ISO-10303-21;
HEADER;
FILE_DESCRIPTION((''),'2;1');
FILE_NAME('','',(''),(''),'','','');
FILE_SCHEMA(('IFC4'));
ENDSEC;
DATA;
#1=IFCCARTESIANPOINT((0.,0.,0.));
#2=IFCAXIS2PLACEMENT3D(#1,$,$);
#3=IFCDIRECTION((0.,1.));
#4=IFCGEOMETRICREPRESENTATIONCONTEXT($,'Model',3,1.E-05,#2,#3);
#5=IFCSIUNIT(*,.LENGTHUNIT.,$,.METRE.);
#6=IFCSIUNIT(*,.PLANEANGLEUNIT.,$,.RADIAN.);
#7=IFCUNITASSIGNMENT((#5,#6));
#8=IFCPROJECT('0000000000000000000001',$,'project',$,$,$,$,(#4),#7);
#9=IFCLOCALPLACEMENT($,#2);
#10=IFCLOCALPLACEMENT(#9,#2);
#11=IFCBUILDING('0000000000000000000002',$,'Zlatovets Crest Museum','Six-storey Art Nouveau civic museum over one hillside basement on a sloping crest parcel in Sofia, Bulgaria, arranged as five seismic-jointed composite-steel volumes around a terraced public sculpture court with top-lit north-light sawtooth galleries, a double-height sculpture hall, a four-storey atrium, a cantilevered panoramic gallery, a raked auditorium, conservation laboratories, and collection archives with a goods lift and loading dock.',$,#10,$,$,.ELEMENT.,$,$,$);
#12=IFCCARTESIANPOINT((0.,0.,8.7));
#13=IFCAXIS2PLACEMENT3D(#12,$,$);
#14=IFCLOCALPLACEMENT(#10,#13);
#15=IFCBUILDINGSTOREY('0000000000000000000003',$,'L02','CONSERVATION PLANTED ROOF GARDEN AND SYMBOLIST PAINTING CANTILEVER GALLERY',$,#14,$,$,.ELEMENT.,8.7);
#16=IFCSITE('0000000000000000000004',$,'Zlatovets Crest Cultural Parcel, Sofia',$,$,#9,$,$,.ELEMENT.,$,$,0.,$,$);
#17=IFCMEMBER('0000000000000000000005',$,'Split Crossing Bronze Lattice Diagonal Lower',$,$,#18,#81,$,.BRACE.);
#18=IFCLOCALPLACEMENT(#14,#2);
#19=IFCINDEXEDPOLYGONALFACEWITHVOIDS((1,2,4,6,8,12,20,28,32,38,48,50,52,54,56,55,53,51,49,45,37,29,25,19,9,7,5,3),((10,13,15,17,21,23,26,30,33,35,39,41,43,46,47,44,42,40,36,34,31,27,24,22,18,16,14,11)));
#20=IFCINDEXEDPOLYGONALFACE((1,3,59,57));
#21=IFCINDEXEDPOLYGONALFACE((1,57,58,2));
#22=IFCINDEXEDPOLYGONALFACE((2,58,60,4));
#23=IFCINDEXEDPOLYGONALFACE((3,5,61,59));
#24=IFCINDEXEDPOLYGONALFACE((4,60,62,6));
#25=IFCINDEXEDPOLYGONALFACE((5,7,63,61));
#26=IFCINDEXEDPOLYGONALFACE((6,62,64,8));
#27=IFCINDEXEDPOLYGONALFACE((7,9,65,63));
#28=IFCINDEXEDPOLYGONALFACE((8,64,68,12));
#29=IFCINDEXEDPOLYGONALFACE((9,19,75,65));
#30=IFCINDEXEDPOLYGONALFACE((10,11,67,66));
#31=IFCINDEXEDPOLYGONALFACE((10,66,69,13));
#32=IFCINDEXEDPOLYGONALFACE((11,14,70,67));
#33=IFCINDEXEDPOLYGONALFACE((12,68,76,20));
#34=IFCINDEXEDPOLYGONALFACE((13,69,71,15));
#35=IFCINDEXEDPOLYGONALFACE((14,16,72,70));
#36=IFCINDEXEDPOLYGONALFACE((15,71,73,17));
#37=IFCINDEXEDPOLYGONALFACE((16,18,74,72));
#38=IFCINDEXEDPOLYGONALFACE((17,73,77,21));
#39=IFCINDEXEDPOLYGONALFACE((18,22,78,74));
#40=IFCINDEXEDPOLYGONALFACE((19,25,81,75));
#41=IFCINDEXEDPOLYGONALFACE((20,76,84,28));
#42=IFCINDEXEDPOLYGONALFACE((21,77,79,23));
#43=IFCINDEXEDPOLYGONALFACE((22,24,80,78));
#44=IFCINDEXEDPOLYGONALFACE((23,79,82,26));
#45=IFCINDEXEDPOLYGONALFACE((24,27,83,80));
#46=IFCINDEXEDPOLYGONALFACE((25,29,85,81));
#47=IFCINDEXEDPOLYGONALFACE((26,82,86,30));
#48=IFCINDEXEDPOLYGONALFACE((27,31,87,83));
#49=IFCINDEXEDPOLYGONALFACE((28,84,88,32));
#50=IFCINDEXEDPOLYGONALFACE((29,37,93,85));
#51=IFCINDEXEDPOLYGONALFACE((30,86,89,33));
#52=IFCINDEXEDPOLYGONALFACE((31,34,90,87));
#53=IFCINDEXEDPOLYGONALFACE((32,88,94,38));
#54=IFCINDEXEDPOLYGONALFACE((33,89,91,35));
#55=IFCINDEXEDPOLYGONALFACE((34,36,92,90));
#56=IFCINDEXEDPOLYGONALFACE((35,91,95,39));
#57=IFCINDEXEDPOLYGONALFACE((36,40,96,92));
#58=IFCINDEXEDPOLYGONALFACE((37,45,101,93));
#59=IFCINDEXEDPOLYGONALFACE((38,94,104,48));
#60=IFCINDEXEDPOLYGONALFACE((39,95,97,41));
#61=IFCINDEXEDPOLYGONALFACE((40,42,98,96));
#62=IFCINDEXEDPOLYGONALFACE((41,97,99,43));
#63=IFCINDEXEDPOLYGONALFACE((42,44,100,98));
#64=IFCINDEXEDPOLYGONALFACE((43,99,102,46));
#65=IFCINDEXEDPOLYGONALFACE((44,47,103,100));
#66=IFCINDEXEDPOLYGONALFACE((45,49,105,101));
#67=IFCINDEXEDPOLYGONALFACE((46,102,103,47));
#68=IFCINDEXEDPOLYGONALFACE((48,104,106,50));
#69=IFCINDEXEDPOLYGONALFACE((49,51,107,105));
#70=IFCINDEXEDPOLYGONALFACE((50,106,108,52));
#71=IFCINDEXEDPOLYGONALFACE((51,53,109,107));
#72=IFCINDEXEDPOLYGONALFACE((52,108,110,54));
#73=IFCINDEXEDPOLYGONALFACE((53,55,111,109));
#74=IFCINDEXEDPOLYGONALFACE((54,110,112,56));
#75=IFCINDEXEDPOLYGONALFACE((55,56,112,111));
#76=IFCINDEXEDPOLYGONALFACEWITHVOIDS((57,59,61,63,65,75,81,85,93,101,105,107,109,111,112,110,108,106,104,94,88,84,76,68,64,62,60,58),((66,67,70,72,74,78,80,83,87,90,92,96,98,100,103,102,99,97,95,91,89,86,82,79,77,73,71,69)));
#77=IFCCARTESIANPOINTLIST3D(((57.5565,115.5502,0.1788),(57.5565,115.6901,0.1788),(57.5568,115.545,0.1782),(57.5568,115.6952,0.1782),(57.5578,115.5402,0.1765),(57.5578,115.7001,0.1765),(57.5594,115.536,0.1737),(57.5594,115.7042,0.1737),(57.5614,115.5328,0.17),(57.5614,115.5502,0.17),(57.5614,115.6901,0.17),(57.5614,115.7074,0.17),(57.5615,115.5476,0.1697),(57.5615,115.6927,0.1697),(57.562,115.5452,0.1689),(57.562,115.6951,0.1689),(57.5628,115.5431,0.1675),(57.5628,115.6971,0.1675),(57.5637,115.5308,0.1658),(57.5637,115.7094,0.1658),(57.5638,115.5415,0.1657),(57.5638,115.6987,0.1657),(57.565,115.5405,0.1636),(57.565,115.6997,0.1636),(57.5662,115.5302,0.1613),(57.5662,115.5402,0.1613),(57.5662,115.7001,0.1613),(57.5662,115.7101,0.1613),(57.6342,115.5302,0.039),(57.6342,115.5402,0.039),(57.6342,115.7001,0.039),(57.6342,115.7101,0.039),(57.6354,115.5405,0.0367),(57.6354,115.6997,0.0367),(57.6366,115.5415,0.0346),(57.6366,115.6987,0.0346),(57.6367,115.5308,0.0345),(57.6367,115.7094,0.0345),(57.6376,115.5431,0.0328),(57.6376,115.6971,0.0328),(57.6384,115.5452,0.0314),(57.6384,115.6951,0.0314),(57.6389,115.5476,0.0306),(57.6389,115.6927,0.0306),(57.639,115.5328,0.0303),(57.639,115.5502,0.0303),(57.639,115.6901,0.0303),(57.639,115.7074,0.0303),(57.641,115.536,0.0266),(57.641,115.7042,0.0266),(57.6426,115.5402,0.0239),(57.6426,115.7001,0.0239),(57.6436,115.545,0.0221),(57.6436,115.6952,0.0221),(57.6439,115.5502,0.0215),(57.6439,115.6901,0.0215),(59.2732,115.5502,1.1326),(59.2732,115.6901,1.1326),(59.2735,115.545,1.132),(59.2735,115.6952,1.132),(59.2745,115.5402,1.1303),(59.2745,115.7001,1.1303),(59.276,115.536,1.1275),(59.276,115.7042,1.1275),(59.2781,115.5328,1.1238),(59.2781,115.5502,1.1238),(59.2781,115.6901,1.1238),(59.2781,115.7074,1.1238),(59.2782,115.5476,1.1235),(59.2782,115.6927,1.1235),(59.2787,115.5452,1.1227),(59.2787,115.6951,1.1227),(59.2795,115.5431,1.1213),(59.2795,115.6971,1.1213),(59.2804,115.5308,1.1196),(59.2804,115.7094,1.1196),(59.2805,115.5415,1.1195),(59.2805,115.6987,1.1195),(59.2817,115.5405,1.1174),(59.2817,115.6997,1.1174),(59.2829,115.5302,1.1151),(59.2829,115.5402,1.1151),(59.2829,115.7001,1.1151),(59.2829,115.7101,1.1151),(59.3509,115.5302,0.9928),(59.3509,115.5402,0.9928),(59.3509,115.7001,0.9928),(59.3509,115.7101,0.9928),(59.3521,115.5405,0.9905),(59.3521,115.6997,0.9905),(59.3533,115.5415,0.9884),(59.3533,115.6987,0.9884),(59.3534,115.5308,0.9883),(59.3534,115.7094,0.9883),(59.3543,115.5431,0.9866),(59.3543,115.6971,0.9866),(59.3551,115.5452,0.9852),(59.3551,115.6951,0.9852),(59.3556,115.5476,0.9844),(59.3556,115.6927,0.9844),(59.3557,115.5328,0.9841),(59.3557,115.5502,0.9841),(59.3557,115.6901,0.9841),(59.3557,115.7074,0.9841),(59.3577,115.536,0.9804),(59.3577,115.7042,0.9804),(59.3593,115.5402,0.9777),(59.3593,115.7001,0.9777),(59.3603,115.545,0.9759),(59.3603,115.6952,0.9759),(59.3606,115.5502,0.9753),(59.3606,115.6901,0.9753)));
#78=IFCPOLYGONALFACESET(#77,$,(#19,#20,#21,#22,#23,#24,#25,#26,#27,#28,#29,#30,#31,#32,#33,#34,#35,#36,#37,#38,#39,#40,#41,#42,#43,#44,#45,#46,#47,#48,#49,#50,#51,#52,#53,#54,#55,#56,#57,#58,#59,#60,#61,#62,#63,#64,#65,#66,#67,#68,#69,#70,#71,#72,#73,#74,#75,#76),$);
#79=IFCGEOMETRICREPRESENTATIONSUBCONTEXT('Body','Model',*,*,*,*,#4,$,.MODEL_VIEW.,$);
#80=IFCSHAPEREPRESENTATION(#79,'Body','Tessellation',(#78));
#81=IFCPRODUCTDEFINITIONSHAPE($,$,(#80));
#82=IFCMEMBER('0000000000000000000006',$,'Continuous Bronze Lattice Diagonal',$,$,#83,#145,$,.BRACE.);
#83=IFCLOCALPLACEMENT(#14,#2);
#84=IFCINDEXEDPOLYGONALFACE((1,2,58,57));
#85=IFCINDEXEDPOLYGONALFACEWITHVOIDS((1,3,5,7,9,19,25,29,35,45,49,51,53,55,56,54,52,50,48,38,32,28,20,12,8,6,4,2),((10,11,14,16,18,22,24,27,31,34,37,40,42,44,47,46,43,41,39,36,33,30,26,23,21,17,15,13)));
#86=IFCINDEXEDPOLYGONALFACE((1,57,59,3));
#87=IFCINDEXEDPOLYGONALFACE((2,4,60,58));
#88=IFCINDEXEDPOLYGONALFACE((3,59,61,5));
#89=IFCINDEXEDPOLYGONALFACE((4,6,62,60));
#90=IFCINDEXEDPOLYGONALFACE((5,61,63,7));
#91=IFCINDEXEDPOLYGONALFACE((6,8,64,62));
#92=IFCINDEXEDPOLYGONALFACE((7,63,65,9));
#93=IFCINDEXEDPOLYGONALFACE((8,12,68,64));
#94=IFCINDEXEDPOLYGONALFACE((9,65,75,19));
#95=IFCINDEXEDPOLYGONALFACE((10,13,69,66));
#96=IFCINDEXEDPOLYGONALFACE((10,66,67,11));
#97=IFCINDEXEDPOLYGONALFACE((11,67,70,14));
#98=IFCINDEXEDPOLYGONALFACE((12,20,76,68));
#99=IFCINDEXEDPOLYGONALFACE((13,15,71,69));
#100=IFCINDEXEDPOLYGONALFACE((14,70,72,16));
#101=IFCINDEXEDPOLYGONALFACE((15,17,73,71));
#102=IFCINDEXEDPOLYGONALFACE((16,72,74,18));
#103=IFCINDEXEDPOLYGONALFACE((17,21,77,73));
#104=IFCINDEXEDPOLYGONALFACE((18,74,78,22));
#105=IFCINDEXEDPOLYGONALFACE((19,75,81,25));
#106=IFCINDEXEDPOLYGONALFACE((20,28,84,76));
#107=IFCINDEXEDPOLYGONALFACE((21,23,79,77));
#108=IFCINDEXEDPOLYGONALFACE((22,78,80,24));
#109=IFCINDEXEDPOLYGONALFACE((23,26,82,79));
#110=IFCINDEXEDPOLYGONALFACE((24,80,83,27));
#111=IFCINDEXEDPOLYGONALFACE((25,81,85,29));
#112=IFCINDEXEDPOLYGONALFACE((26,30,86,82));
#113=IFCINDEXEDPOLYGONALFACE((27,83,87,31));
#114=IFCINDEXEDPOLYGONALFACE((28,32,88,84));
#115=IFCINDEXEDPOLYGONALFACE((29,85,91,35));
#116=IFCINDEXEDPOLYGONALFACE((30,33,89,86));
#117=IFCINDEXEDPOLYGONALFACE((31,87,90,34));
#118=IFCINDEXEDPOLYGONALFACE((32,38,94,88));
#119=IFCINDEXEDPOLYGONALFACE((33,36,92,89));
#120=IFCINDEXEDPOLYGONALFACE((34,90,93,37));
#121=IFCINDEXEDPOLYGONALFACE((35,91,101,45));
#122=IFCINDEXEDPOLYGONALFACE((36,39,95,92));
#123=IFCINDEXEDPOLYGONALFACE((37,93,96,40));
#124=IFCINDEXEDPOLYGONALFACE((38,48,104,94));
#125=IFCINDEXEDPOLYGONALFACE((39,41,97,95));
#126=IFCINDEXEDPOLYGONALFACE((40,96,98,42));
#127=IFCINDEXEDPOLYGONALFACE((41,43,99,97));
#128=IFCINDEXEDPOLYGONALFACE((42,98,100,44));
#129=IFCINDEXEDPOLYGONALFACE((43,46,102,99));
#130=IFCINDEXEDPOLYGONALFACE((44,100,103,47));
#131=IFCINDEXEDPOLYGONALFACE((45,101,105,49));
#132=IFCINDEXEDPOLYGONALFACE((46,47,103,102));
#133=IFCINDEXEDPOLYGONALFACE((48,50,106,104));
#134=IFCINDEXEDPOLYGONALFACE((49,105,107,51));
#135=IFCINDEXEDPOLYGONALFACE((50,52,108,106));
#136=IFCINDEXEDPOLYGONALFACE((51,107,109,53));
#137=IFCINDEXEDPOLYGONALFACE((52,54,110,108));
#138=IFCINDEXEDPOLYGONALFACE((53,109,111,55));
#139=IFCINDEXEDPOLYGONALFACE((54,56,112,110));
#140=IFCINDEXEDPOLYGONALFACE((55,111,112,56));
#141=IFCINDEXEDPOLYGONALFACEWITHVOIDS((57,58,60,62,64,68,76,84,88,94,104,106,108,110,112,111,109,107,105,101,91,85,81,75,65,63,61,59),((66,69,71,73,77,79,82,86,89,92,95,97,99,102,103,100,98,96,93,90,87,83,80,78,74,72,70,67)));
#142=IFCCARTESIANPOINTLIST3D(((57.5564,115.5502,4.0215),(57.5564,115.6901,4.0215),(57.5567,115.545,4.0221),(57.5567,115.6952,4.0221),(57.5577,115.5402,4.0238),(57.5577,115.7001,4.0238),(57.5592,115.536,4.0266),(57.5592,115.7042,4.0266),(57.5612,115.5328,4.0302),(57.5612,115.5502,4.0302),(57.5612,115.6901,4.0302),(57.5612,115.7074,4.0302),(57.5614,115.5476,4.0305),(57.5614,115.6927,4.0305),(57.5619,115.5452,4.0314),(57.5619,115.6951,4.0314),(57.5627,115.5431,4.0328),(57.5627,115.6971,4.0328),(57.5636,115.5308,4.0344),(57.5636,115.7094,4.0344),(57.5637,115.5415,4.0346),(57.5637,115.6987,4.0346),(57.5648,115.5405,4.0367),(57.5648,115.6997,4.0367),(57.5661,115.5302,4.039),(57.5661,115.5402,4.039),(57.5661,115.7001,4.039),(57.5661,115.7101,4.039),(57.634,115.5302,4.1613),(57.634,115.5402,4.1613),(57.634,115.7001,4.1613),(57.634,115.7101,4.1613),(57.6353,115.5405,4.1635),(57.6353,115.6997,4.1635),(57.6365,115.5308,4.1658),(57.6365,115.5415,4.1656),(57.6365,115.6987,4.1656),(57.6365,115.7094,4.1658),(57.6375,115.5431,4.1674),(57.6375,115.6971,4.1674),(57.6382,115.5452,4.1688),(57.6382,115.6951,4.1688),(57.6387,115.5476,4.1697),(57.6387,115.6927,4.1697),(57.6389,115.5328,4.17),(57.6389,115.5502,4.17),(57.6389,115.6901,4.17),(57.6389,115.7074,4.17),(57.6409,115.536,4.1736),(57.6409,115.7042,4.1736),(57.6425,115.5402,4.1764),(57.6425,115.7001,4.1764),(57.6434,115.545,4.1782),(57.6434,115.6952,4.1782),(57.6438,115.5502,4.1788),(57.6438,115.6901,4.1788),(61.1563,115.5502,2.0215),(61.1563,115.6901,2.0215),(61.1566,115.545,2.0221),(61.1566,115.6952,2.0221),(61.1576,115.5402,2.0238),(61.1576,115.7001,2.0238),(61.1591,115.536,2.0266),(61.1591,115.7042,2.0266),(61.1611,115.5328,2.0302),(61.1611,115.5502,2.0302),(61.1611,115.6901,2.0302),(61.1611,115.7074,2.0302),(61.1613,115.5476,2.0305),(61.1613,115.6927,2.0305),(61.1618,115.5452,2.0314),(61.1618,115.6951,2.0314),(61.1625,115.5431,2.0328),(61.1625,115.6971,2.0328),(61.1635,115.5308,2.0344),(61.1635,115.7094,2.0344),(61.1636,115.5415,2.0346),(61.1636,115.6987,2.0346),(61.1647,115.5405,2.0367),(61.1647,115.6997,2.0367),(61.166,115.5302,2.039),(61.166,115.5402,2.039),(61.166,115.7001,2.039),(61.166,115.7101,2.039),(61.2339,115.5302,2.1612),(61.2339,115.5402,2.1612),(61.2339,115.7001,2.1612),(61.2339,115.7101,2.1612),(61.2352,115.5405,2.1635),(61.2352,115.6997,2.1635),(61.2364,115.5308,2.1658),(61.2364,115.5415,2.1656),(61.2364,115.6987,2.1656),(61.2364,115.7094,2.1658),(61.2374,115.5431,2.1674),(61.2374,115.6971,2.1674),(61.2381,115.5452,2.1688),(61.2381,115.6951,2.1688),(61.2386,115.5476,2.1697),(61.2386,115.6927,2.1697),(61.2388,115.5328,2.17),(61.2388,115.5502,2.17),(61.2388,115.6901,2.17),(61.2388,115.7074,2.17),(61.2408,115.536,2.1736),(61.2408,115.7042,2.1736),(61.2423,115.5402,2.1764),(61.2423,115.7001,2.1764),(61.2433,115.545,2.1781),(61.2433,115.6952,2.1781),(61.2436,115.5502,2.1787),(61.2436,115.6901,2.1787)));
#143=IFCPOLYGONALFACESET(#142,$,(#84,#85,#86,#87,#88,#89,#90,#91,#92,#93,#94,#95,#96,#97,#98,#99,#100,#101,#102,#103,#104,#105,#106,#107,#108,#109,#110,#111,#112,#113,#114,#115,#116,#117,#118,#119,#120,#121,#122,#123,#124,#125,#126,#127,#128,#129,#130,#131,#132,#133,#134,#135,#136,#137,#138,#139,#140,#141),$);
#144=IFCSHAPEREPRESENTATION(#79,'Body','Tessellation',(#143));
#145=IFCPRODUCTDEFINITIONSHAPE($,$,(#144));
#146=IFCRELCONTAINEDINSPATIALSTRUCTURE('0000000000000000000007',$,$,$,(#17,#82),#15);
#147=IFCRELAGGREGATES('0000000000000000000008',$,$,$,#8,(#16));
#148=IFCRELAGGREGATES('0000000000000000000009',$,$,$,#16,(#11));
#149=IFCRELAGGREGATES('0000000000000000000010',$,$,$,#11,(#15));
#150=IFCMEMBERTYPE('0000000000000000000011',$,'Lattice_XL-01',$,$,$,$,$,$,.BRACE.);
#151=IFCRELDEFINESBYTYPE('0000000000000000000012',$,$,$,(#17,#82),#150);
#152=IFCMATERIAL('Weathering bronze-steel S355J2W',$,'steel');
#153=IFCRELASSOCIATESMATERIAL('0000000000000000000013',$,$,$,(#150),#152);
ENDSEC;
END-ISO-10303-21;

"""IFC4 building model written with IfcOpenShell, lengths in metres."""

from ifc_helpers import new_model, si_unit, direction, frame, origin, origin_2d, place, context, subcontext, project, spatial, hollow_rectangle, extrude, material, material_profile, profile_set, type_object, element, save


model = new_model("IFC4")

# Units and contexts
model_context = context("Model", 3, precision=1e-05, world=origin(), true_north=direction((0.0, 1.0)))
body_context = subcontext(model_context, "Body", "Model", "MODEL_VIEW")
ifc_project = project(units=[si_unit("LENGTHUNIT", "METRE"), si_unit("PLANEANGLEUNIT", "RADIAN")], contexts=[model_context])

# Site, building, storey
site_placement = place(None, origin())
site = spatial("IfcSite", under=ifc_project, at=site_placement, Name="Zlatovets Crest Cultural Parcel, Sofia", CompositionType="ELEMENT", RefElevation=0.0)
building_placement = place(site_placement, origin())
building = spatial("IfcBuilding", under=site, at=building_placement, Name="Zlatovets Crest Museum", Description="Six-storey Art Nouveau civic museum over one hillside basement on a sloping crest parcel in Sofia, Bulgaria, arranged as five seismic-jointed composite-steel volumes around a terraced public sculpture court with top-lit north-light sawtooth galleries, a double-height sculpture hall, a four-storey atrium, a cantilevered panoramic gallery, a raked auditorium, conservation laboratories, and collection archives with a goods lift and loading dock.", CompositionType="ELEMENT")
storey_placement = place(building_placement, frame((0.0, 0.0, 8.7)))
storey = spatial("IfcBuildingStorey", under=building, at=storey_placement, Name="L02", Description="CONSERVATION PLANTED ROOF GARDEN AND SYMBOLIST PAINTING CANTILEVER GALLERY", CompositionType="ELEMENT", Elevation=8.7)

# Members
ifc_material_1 = material(Name="Weathering bronze-steel S355J2W", Category="steel")
ifc_material_profile_1 = material_profile(ifc_material_1, hollow_rectangle(XDim=0.1799, YDim=0.1799, WallThickness=0.01, InnerFilletRadius=0.01, OuterFilletRadius=0.02, at=origin_2d()), Name="SHS 180x180x10.0")
ifc_profile_set_1 = profile_set([ifc_material_profile_1], Name="Weathering bronze-steel S355J2W")
member_type_1 = type_object("IfcMemberType", Name="Lattice_XL-01", PredefinedType="BRACE", material=ifc_profile_set_1)
member_1_placement = place(storey_placement, frame((59.3169, 115.6201, 1.054), z_axis=(-0.87414, 0.0, -0.485675), x_axis=(0.0, -1.0, 0.0)))
element("IfcMember", 1, at=member_1_placement, inside=storey, type_object=member_type_1, Name="Split Crossing Bronze Lattice Diagonal Lower", PredefinedType="BRACE", context=body_context, shape_type="SweptSolid", body=[
    extrude(hollow_rectangle(XDim=0.1799, YDim=0.1799, WallThickness=0.01, InnerFilletRadius=0.01, OuterFilletRadius=0.02, at=origin_2d()), origin(), (0.0, 0.0, 1.0), 1.9639),
])
member_2_placement = place(storey_placement, frame((61.2, 115.6201, 2.1001), z_axis=(-0.874149, 0.0, 0.485658), x_axis=(0.0, -1.0, 0.0)))
element("IfcMember", 2, at=member_2_placement, inside=storey, type_object=member_type_1, Name="Continuous Bronze Lattice Diagonal", PredefinedType="BRACE", context=body_context, shape_type="SweptSolid", body=[
    extrude(hollow_rectangle(XDim=0.1799, YDim=0.1799, WallThickness=0.01, InnerFilletRadius=0.01, OuterFilletRadius=0.02, at=origin_2d()), origin(), (0.0, 0.0, 1.0), 4.1182),
])

save(model, "model.ifc")
